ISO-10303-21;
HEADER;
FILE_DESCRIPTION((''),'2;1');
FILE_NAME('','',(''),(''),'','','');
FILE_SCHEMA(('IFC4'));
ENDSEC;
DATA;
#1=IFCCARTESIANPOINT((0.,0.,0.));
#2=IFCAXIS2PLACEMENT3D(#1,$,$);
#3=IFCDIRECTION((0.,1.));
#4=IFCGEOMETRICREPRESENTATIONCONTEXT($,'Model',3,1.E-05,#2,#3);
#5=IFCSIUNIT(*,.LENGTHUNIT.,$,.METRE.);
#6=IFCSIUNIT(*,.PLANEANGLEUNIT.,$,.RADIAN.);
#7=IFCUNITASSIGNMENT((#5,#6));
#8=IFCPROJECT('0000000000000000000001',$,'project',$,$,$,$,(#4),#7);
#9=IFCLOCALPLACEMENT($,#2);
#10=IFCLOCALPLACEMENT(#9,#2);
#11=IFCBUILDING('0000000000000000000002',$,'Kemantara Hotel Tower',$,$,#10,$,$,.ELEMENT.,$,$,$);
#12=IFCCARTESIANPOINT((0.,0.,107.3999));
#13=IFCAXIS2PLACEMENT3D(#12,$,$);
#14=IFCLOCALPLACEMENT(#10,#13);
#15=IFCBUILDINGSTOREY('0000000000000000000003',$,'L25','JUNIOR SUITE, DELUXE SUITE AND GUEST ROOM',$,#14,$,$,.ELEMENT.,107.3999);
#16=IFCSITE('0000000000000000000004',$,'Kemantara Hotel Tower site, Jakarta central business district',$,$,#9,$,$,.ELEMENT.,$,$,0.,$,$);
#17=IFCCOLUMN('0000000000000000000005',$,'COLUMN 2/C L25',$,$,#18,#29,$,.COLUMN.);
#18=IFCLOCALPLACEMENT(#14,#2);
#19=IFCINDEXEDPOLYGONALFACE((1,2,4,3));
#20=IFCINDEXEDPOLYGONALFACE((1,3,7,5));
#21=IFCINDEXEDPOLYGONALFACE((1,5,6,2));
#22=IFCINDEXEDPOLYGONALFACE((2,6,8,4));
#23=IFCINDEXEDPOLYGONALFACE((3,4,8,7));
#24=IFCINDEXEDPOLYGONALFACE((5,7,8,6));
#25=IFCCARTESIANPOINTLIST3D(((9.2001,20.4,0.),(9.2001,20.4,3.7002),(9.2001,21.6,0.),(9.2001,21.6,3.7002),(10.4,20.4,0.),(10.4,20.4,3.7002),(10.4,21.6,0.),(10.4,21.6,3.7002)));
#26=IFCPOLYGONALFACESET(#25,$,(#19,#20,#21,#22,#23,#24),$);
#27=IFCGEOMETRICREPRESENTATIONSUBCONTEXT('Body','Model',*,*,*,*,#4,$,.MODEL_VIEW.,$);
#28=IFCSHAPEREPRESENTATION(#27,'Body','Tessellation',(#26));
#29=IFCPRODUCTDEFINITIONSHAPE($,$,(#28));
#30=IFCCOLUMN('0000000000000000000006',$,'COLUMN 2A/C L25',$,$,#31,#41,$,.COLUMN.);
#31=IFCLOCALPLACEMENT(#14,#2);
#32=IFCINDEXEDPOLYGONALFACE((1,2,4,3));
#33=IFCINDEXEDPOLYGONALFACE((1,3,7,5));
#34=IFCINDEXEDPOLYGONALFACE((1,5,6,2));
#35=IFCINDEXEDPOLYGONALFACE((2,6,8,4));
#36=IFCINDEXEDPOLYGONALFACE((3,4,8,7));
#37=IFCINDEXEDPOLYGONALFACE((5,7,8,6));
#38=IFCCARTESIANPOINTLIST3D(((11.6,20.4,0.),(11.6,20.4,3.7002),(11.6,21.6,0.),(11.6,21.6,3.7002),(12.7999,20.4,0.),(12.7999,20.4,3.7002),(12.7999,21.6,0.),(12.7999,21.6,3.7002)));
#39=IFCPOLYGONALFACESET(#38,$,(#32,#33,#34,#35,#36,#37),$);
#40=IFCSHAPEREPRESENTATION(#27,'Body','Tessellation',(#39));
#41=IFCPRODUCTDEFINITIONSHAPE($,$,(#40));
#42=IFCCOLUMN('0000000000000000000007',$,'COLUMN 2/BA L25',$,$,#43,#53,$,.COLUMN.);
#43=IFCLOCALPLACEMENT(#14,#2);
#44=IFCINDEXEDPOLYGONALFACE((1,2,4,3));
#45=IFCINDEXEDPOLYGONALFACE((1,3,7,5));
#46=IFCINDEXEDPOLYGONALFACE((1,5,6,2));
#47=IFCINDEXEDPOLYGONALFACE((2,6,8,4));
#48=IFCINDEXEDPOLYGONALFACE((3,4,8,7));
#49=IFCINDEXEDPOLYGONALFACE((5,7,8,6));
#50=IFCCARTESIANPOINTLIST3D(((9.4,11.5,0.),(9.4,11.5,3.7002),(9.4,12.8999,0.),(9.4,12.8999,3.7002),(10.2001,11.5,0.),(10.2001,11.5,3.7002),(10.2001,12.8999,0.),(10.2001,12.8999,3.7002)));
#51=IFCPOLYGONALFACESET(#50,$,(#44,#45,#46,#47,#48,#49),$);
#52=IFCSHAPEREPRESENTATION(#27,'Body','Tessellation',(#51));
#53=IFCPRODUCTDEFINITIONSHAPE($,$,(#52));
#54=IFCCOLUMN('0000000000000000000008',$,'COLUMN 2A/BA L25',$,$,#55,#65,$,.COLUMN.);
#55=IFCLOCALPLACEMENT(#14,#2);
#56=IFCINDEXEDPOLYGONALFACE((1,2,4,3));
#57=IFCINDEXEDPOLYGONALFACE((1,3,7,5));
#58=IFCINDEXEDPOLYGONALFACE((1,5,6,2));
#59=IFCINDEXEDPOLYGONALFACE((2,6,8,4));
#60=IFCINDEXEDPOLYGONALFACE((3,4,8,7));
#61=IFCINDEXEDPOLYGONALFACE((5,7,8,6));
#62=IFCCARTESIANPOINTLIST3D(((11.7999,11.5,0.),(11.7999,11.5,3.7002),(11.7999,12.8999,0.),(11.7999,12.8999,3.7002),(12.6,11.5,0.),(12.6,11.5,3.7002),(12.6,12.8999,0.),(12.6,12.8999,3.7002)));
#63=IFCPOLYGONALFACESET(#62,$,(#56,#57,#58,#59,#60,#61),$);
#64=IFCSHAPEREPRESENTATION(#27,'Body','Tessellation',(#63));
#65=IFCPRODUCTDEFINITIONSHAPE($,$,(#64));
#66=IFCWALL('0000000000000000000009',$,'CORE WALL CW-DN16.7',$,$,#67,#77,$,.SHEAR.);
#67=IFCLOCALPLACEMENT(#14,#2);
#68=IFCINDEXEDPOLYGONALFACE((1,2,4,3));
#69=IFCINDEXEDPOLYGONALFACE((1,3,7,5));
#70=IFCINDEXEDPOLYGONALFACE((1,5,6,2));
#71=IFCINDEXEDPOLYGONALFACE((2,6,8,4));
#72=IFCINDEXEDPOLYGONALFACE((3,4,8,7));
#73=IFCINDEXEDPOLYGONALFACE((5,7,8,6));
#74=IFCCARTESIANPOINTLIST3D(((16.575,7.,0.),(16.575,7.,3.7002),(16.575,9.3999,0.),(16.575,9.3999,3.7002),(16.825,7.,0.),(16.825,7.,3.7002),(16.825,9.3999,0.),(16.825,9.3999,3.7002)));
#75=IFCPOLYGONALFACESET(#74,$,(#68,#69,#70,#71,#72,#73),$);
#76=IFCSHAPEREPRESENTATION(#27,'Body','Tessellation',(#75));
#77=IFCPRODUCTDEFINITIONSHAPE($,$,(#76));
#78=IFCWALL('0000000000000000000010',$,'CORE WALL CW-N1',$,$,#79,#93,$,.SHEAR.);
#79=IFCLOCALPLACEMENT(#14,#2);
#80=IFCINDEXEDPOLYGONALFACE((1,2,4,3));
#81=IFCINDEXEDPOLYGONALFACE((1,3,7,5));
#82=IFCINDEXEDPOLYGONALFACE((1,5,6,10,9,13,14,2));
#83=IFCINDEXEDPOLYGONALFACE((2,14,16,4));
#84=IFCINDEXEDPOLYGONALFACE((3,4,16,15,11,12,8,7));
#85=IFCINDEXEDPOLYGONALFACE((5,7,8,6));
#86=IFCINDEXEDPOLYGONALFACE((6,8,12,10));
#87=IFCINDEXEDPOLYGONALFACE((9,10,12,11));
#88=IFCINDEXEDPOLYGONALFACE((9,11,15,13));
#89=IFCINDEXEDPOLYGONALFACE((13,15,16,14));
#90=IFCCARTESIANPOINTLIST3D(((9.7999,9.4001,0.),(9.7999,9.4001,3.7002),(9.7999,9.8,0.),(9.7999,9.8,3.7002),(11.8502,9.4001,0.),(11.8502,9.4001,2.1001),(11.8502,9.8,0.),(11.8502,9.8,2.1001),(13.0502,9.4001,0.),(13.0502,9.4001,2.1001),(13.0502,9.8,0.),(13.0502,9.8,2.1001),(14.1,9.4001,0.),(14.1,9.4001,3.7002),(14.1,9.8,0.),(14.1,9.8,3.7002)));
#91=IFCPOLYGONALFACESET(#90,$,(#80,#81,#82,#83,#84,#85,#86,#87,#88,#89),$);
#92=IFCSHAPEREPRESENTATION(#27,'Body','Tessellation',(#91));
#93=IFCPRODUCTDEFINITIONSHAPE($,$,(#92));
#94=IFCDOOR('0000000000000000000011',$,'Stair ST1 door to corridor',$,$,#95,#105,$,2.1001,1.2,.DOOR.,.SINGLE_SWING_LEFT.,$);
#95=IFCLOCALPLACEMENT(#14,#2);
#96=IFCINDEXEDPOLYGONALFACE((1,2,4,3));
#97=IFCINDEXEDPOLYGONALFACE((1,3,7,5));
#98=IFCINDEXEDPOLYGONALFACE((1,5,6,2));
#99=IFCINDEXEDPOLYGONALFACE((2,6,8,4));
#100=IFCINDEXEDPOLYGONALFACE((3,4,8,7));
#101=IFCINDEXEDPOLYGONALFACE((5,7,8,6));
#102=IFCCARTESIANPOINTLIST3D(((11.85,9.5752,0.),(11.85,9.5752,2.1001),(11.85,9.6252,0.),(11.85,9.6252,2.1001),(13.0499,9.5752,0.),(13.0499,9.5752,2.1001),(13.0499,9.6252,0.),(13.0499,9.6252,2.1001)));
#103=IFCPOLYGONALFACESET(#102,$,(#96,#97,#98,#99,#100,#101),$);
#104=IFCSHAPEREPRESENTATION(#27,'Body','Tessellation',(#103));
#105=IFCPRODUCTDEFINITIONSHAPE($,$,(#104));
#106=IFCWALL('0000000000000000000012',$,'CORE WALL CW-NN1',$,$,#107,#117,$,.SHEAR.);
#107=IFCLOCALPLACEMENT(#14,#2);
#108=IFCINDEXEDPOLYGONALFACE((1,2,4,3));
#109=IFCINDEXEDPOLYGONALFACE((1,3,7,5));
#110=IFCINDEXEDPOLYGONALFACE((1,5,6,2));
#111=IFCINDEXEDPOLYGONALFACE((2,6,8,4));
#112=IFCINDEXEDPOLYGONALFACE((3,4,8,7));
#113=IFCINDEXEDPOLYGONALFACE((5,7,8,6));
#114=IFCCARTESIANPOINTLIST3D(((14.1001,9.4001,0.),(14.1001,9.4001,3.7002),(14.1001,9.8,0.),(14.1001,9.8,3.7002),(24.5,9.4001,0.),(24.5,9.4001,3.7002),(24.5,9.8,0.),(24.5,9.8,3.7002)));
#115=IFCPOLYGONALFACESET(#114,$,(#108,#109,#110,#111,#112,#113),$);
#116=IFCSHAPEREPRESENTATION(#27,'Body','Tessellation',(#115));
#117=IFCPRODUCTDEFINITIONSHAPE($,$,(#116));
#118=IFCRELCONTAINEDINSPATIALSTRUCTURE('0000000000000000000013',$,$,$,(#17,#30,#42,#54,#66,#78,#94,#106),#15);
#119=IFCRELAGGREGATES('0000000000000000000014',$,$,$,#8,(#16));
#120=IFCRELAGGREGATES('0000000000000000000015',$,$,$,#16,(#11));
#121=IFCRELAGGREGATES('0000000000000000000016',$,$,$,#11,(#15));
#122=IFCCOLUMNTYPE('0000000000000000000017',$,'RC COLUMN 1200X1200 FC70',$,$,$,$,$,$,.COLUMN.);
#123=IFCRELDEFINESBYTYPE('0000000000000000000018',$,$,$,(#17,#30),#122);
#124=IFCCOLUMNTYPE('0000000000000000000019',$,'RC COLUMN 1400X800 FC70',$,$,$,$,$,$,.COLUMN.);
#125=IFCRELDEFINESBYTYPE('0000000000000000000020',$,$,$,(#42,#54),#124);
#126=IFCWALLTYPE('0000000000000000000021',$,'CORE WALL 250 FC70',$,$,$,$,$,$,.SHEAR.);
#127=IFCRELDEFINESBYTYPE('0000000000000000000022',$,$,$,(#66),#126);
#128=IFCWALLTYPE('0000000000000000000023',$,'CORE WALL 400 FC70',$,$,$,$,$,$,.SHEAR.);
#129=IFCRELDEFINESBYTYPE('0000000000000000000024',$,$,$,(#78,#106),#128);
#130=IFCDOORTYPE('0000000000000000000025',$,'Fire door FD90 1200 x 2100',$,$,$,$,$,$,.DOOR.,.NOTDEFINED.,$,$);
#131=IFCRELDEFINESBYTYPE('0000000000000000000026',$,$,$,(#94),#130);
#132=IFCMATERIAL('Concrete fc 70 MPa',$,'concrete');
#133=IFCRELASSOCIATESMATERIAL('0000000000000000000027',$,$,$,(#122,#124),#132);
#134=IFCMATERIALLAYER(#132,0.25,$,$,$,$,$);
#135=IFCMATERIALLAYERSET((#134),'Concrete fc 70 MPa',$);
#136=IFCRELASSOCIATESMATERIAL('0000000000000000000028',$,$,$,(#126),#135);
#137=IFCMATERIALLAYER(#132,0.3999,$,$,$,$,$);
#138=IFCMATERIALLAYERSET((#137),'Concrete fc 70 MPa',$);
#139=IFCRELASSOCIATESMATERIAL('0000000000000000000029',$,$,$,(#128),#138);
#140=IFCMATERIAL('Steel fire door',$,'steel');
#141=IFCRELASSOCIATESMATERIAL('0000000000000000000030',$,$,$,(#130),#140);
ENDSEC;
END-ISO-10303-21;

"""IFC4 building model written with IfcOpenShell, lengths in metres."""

from ifc_helpers import new_model, si_unit, direction, frame, frame_2d, origin, origin_2d, place, context, subcontext, project, spatial, rectangle, extrude, material, layer, layer_set, material_profile, profile_set, type_object, element, fill, save


model = new_model("IFC4")

# Units and contexts
model_context = context("Model", 3, precision=1e-05, world=origin(), true_north=direction((0.0, 1.0)))
body_context = subcontext(model_context, "Body", "Model", "MODEL_VIEW")
ifc_project = project(units=[si_unit("LENGTHUNIT", "METRE"), si_unit("PLANEANGLEUNIT", "RADIAN")], contexts=[model_context])

# Site, building, storey
site_placement = place(None, origin())
site = spatial("IfcSite", under=ifc_project, at=site_placement, Name="Kemantara Hotel Tower site, Jakarta central business district", CompositionType="ELEMENT", RefElevation=0.0)
building_placement = place(site_placement, origin())
building = spatial("IfcBuilding", under=site, at=building_placement, Name="Kemantara Hotel Tower", CompositionType="ELEMENT")
storey_placement = place(building_placement, frame((0.0, 0.0, 107.3999)))
storey = spatial("IfcBuildingStorey", under=building, at=storey_placement, Name="L25", Description="JUNIOR SUITE, DELUXE SUITE AND GUEST ROOM", CompositionType="ELEMENT", Elevation=107.3999)

# Columns
ifc_material_1 = material(Name="Concrete fc 70 MPa", Category="concrete")
ifc_material_profile_1 = material_profile(ifc_material_1, rectangle(XDim=1.2, YDim=1.2, at=origin_2d()), Name="RC 1200X1200")
ifc_profile_set_1 = profile_set([ifc_material_profile_1], Name="Concrete fc 70 MPa")
column_type_1 = type_object("IfcColumnType", Name="RC COLUMN 1200X1200 FC70", PredefinedType="COLUMN", material=ifc_profile_set_1)
for number, where, z_axis, x_axis, name in (
    (1, (9.8, 21.0, 0.0), (0.0, 0.0, 1.0), (1.0, 0.0, 0.0), "COLUMN 2/C L25"),
    (2, (12.2, 21.0, 0.0), (0.0, 0.0, 1.0), (1.0, 0.0, 0.0), "COLUMN 2A/C L25"),
):
    element("IfcColumn", number, at=place(storey_placement, frame(where, z_axis=z_axis, x_axis=x_axis)), inside=storey, type_object=column_type_1, Name=name, PredefinedType="COLUMN", context=body_context, shape_type="SweptSolid", body=[
        extrude(rectangle(XDim=1.2, YDim=1.2, at=origin_2d()), origin(), (0.0, 0.0, 1.0), 3.7002),
    ])
ifc_material_profile_2 = material_profile(ifc_material_1, rectangle(XDim=1.3999, YDim=0.8, at=origin_2d()), Name="RC 1400X800")
ifc_profile_set_2 = profile_set([ifc_material_profile_2], Name="Concrete fc 70 MPa")
column_type_2 = type_object("IfcColumnType", Name="RC COLUMN 1400X800 FC70", PredefinedType="COLUMN", material=ifc_profile_set_2)
for number, where, z_axis, x_axis, name in (
    (3, (9.8, 12.2, 0.0), (0.0, 0.0, 1.0), (0.0, 1.0, 0.0), "COLUMN 2/BA L25"),
    (4, (12.2, 12.2, 0.0), (0.0, 0.0, 1.0), (0.0, 1.0, 0.0), "COLUMN 2A/BA L25"),
):
    element("IfcColumn", number, at=place(storey_placement, frame(where, z_axis=z_axis, x_axis=x_axis)), inside=storey, type_object=column_type_2, Name=name, PredefinedType="COLUMN", context=body_context, shape_type="SweptSolid", body=[
        extrude(rectangle(XDim=1.3999, YDim=0.8, at=origin_2d()), origin(), (0.0, 0.0, 1.0), 3.7002),
    ])

# Wall
ifc_layer_1 = layer(ifc_material_1, 0.25)
ifc_layer_set_1 = layer_set([ifc_layer_1], Name="Concrete fc 70 MPa")
wall_type_1 = type_object("IfcWallType", Name="CORE WALL 250 FC70", PredefinedType="SHEAR", material=ifc_layer_set_1)
wall_1_placement = place(storey_placement, frame((16.7, 7.0, 0.0), z_axis=(0.0, 0.0, 1.0), x_axis=(0.0, 1.0, 0.0)))
element("IfcWall", 5, at=wall_1_placement, inside=storey, type_object=wall_type_1, Name="CORE WALL CW-DN16.7", PredefinedType="SHEAR", context=body_context, shape_type="SweptSolid", body=[
    extrude(rectangle(XDim=2.3999, YDim=0.25, at=frame_2d((1.2, 0.0))), origin(), (0.0, 0.0, 1.0), 3.7002),
])

# Wall, opening, door
ifc_layer_2 = layer(ifc_material_1, 0.3999)
ifc_layer_set_2 = layer_set([ifc_layer_2], Name="Concrete fc 70 MPa")
wall_type_2 = type_object("IfcWallType", Name="CORE WALL 400 FC70", PredefinedType="SHEAR", material=ifc_layer_set_2)
wall_2_placement = place(storey_placement, frame((9.8, 9.6001, 0.0), z_axis=(0.0, 0.0, 1.0), x_axis=(1.0, 0.0, 0.0)))
wall_2 = element("IfcWall", 6, at=wall_2_placement, inside=storey, type_object=wall_type_2, Name="CORE WALL CW-N1", PredefinedType="SHEAR", context=body_context, shape_type="SweptSolid", body=[
    extrude(rectangle(XDim=4.3, YDim=0.3999, at=frame_2d((2.1499, 0.0))), origin(), (0.0, 0.0, 1.0), 3.7002),
])
opening_1_placement = place(wall_2_placement, frame((2.05, 0.0, 0.0)))
opening_1 = element("IfcOpeningElement", 7, at=opening_1_placement, cuts=wall_2, PredefinedType="OPENING", context=body_context, shape_type="SweptSolid", body=[
    extrude(rectangle(XDim=1.2, YDim=2.1001, at=frame_2d((0.6001, 1.05))), frame((0.0, 0.21, 0.0), z_axis=(0.0, -1.0, 0.0), x_axis=(1.0, 0.0, 0.0)), (0.0, 0.0, 1.0), 0.4199),
])
ifc_material_2 = material(Name="Steel fire door", Category="steel")
door_type_1 = type_object("IfcDoorType", Name="Fire door FD90 1200 x 2100", OperationType="NOTDEFINED", PredefinedType="DOOR", material=ifc_material_2)
door_1_placement = place(opening_1_placement, frame((1.2, 0.0, 0.0), z_axis=(0.0, 0.0, 1.0), x_axis=(-1.0, 0.0, 0.0)))
door_1 = element("IfcDoor", 8, at=door_1_placement, inside=storey, type_object=door_type_1, Name="Stair ST1 door to corridor", OperationType="SINGLE_SWING_LEFT", OverallHeight=2.1001, OverallWidth=1.2, PredefinedType="DOOR", context=body_context, shape_type="SweptSolid", body=[
    extrude(rectangle(XDim=1.2, YDim=2.1001, at=frame_2d((0.6001, 1.05))), frame((0.0, 0.0249, 0.0), z_axis=(0.0, -1.0, 0.0), x_axis=(1.0, 0.0, 0.0)), (0.0, 0.0, 1.0), 0.05),
])
fill(opening_1, door_1)

# Wall
wall_3_placement = place(storey_placement, frame((14.1001, 9.6001, 0.0), z_axis=(0.0, 0.0, 1.0), x_axis=(1.0, 0.0, 0.0)))
element("IfcWall", 9, at=wall_3_placement, inside=storey, type_object=wall_type_2, Name="CORE WALL CW-NN1", PredefinedType="SHEAR", context=body_context, shape_type="SweptSolid", body=[
    extrude(rectangle(XDim=10.3999, YDim=0.3999, at=frame_2d((5.2, 0.0))), origin(), (0.0, 0.0, 1.0), 3.7002),
])

save(model, "model.ifc")
